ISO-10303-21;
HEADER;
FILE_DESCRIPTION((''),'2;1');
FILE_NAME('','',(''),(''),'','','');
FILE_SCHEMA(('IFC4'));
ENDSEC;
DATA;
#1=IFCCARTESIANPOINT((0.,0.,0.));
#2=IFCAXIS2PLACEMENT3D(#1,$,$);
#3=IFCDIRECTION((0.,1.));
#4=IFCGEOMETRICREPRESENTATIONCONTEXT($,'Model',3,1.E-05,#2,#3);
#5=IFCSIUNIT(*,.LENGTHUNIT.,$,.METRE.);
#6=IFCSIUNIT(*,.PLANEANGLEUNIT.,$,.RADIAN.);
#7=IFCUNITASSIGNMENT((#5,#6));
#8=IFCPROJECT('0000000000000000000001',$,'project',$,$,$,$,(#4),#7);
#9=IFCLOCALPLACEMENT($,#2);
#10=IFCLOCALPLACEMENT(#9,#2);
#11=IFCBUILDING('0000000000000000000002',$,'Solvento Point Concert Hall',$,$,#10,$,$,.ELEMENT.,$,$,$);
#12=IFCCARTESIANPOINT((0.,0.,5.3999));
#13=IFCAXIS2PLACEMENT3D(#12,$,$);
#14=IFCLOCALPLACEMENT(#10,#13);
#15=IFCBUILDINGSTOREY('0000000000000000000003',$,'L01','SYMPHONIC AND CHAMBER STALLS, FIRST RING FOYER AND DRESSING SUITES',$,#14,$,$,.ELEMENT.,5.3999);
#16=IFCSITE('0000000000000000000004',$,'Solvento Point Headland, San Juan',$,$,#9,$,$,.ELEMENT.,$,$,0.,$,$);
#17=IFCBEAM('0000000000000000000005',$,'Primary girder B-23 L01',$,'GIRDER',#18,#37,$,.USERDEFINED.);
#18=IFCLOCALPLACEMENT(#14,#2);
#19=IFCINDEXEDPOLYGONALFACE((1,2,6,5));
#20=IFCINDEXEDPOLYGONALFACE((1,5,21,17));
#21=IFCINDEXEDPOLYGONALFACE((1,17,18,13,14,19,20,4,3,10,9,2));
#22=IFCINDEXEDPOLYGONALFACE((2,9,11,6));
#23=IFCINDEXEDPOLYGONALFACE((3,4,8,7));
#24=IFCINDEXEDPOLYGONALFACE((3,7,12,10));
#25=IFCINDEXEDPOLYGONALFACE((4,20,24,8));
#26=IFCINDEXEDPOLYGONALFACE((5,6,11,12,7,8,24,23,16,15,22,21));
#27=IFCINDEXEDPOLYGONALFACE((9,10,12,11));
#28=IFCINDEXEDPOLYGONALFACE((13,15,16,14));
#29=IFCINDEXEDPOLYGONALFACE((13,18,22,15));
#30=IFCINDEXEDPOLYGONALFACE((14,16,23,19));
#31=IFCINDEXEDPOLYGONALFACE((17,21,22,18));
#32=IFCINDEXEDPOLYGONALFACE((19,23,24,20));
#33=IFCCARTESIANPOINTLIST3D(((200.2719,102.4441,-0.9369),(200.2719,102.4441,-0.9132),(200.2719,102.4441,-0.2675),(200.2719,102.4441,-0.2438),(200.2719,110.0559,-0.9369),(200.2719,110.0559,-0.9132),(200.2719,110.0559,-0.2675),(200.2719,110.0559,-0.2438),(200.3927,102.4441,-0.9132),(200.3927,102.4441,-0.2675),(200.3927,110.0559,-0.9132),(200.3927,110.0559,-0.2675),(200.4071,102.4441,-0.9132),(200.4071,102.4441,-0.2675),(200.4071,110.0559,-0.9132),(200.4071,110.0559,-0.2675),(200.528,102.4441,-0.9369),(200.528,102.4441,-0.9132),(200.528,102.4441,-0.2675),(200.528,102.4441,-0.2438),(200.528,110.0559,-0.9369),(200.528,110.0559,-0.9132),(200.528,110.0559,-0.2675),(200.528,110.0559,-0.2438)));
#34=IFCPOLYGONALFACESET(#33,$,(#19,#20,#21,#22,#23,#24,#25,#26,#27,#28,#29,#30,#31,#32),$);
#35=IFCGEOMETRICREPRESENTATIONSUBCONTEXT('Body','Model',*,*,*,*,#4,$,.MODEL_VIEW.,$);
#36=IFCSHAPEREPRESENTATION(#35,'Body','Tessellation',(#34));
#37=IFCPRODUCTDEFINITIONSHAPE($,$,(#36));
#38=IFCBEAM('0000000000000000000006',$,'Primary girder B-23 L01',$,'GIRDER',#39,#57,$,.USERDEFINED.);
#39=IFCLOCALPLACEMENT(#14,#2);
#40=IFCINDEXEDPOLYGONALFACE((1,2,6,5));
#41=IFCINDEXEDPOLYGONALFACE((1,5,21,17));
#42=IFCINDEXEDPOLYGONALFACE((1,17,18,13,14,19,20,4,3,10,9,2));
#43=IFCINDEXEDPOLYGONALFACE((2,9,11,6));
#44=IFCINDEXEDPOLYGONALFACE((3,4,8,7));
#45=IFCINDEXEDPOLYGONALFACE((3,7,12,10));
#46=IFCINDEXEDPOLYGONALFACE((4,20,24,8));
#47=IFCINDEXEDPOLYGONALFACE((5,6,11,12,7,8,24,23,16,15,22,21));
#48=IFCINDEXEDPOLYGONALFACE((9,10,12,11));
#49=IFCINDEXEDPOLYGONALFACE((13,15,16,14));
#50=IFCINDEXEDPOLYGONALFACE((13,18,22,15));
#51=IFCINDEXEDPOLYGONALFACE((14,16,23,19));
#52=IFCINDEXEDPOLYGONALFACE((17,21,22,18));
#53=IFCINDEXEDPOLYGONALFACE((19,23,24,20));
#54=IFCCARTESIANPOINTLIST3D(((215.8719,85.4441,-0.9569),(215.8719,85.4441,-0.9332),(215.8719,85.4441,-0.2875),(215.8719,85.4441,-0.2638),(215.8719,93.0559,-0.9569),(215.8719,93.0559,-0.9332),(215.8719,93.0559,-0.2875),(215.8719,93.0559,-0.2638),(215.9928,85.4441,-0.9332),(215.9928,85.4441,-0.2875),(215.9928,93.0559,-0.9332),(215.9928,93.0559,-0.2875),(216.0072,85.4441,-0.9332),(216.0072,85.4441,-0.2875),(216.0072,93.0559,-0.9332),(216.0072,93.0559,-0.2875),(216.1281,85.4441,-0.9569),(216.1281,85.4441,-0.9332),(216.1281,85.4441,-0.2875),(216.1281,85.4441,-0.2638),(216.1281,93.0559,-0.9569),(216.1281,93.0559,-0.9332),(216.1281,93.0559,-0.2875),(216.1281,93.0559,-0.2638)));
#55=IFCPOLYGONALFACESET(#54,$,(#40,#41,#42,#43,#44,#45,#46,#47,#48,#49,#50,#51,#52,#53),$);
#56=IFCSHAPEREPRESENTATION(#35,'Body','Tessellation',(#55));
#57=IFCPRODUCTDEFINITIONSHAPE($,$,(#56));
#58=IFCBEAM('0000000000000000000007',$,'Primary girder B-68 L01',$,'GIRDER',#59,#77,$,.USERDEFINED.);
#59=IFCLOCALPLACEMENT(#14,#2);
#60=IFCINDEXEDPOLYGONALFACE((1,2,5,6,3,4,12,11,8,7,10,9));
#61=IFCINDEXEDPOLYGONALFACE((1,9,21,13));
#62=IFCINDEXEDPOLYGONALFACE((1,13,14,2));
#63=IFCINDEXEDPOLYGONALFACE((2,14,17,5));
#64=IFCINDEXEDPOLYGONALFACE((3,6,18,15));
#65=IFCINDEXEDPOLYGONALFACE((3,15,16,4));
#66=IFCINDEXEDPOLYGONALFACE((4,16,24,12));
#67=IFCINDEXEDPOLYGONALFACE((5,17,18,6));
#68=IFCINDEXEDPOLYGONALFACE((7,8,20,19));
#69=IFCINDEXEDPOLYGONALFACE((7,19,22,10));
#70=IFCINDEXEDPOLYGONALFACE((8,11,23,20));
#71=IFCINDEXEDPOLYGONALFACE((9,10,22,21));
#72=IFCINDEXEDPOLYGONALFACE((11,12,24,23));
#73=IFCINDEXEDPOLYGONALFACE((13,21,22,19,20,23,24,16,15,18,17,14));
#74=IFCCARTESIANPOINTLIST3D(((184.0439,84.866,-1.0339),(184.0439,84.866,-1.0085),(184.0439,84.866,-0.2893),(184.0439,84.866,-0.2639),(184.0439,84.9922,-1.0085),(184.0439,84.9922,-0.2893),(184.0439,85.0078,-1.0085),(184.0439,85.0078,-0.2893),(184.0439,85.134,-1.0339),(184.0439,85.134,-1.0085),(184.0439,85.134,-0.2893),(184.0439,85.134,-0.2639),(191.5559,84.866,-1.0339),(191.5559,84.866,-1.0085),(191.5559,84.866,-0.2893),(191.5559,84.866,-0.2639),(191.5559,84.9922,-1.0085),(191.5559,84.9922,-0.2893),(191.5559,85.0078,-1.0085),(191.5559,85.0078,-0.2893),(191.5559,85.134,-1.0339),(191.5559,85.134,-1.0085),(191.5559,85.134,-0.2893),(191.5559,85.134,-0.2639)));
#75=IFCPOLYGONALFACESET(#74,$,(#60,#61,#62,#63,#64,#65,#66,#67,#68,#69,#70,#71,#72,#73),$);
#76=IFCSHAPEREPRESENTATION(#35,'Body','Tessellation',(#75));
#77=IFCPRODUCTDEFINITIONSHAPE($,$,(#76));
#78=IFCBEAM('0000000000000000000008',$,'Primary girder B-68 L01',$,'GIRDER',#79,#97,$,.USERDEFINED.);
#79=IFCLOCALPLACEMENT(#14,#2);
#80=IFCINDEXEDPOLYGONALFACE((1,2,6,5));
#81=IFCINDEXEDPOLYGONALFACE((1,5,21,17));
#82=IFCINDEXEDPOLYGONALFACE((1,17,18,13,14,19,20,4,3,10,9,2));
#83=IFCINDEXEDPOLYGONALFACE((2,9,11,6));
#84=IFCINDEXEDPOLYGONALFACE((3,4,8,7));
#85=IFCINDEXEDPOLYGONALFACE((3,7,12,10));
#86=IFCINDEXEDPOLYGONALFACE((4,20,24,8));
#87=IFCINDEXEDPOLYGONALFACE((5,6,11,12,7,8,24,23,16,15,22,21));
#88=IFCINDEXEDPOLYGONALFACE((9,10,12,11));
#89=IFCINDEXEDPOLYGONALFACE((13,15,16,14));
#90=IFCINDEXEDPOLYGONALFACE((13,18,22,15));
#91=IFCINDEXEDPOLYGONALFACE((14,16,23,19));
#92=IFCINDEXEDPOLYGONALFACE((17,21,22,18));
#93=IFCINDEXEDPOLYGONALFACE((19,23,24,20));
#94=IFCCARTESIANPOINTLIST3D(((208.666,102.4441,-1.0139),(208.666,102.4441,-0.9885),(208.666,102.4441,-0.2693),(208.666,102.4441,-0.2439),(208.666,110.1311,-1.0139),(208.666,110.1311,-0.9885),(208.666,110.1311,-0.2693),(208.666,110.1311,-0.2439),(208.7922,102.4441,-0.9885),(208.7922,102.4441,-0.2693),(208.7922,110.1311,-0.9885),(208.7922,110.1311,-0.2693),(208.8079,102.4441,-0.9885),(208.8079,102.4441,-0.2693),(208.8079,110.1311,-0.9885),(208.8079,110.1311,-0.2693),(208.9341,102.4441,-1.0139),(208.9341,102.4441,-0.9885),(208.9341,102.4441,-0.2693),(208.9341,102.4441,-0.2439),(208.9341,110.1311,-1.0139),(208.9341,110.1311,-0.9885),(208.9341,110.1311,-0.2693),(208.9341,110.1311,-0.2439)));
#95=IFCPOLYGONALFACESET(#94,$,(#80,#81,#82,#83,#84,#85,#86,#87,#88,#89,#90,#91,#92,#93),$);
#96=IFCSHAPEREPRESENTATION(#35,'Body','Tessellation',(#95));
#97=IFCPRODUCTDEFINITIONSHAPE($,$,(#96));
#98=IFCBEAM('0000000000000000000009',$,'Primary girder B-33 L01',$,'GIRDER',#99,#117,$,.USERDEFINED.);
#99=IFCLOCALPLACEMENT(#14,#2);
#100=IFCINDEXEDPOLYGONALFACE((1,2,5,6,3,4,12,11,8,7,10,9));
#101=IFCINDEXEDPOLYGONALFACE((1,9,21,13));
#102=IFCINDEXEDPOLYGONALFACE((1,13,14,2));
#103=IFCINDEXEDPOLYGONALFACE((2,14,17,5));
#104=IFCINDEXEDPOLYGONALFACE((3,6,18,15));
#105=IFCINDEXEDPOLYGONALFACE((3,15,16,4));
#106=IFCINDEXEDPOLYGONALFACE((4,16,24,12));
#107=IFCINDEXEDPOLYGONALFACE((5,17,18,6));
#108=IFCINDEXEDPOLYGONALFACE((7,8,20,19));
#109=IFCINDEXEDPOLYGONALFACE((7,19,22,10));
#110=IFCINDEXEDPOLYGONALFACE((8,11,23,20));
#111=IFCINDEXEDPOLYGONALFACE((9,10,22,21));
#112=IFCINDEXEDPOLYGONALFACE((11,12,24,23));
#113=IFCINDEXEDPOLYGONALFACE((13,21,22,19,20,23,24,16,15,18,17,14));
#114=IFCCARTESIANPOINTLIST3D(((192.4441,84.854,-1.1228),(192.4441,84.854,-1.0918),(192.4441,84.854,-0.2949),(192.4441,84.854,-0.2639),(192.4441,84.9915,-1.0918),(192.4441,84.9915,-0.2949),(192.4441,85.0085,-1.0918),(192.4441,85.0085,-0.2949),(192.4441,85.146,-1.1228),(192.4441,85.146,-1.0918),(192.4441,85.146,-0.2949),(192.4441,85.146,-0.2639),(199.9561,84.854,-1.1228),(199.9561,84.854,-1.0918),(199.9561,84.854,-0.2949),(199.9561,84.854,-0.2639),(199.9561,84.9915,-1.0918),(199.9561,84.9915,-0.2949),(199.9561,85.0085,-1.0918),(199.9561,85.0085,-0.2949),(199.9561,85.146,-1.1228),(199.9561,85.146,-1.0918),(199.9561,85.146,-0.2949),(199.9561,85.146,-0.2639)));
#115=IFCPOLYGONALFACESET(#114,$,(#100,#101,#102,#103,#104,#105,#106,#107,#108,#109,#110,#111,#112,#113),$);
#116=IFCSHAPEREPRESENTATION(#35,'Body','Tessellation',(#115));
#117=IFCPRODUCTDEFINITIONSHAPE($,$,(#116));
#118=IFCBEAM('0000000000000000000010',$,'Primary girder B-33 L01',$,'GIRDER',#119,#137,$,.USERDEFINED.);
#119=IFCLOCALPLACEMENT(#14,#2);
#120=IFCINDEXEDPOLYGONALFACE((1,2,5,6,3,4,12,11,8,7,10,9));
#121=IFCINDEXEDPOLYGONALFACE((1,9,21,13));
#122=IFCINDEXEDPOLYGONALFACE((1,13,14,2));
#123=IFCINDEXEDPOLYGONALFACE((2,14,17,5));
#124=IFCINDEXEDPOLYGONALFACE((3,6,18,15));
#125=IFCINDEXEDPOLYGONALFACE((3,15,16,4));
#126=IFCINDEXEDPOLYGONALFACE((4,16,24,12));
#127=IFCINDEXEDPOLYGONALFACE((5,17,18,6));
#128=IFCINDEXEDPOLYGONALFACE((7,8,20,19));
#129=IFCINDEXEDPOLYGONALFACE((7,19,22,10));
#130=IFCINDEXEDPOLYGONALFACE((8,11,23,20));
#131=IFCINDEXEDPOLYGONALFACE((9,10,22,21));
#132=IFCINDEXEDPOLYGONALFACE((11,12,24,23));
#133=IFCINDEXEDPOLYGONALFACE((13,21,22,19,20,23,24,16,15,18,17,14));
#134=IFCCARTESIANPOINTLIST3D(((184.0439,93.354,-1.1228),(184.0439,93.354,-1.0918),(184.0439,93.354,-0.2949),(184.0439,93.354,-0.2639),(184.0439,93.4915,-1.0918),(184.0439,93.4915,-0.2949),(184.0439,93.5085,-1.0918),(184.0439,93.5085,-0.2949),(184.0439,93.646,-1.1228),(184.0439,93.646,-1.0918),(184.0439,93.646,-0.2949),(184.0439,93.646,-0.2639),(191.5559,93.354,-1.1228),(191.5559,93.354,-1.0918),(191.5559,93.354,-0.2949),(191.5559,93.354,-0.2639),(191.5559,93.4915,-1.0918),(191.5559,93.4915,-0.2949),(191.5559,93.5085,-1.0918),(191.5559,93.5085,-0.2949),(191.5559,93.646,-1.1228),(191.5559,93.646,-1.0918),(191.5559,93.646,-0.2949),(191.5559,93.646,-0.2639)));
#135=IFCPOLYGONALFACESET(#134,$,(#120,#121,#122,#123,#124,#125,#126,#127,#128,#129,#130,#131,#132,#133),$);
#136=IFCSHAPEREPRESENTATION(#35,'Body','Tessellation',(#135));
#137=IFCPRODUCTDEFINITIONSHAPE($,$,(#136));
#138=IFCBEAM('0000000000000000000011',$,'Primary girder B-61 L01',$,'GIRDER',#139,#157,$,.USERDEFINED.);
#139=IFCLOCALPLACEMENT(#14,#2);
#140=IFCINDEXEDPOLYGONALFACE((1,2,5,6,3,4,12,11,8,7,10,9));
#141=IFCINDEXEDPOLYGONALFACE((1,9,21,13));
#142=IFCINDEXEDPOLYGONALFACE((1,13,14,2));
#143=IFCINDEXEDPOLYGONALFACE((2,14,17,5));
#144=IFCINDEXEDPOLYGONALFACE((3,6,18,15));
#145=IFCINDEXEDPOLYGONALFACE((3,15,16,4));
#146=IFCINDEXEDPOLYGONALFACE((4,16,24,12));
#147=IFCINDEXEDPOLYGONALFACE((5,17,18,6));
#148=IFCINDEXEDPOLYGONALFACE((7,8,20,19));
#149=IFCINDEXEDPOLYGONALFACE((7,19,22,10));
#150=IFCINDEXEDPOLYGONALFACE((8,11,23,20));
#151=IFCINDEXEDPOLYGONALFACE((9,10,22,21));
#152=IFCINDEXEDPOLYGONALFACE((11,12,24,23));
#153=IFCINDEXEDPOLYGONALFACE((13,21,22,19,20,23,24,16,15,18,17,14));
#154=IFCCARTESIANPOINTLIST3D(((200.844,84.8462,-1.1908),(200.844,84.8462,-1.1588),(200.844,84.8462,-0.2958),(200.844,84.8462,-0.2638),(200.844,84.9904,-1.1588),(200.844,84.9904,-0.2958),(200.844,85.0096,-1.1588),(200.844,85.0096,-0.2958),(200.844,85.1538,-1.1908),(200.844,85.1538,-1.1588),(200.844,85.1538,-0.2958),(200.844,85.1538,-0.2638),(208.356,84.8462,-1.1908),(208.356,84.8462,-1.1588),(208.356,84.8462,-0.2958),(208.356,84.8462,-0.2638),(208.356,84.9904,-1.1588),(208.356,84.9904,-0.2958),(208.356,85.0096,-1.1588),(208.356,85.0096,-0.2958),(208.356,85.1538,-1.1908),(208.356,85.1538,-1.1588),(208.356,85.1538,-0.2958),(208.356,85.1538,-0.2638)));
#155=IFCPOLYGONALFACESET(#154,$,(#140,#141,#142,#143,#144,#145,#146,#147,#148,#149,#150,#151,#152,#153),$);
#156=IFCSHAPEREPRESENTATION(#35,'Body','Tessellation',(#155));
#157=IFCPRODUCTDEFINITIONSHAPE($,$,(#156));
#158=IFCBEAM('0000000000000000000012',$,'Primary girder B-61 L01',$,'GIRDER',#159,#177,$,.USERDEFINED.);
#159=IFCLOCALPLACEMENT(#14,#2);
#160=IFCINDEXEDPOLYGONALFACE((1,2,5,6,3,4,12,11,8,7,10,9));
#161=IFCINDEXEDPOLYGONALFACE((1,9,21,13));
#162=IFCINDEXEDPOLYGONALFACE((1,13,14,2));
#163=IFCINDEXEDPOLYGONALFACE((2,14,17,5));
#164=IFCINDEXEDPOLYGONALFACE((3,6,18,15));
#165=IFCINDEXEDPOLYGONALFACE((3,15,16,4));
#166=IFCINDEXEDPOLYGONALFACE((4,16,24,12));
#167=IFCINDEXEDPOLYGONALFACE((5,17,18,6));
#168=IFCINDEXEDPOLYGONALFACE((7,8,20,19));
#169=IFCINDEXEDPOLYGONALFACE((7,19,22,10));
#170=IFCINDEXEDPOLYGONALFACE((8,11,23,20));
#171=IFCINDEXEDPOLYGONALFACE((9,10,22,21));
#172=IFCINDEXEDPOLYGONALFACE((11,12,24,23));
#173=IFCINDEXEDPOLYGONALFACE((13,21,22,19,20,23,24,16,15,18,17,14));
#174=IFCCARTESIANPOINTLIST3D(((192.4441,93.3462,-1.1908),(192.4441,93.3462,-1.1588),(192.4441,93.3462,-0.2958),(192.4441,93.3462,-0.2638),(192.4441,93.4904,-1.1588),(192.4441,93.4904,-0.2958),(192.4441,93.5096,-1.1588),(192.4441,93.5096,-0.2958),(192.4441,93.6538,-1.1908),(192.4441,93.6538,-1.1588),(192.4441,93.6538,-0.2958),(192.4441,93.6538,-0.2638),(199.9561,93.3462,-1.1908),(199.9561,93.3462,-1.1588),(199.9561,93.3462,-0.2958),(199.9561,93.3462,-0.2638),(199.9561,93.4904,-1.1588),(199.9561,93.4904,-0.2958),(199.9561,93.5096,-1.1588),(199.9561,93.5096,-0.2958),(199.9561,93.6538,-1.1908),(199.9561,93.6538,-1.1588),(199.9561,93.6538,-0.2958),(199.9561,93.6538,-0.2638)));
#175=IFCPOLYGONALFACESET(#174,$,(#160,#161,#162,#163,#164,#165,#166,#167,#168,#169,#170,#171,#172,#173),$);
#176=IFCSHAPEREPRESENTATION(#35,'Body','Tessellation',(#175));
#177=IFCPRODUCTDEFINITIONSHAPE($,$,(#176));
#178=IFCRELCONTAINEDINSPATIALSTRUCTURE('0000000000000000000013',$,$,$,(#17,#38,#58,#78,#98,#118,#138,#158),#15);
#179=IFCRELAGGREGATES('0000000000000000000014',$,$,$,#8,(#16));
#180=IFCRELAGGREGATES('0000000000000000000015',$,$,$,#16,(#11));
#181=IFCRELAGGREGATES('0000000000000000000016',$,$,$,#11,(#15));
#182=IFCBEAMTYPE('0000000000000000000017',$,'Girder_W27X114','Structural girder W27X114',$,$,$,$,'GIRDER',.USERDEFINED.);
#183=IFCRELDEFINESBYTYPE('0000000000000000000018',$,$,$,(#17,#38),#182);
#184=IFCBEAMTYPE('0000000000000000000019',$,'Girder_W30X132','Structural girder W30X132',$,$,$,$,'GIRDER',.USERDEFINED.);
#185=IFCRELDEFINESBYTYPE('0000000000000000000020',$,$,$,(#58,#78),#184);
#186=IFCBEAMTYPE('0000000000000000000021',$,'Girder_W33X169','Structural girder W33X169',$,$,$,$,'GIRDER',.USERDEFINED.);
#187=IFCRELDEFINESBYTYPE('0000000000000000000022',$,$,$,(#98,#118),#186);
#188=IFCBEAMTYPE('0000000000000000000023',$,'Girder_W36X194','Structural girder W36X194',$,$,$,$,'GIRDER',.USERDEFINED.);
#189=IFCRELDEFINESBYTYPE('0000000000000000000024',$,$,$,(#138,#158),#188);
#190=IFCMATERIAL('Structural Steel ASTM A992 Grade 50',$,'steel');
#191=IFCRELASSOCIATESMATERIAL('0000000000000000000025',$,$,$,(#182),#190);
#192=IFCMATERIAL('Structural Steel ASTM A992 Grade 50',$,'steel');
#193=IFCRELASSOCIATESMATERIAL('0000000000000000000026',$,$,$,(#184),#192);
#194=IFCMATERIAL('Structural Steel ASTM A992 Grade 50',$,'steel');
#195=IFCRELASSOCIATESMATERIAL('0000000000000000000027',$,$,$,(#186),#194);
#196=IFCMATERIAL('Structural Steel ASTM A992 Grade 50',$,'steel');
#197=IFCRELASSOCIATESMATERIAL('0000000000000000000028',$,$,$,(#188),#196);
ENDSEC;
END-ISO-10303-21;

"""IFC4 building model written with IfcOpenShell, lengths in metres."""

from ifc_helpers import new_model, si_unit, direction, frame, origin, origin_2d, place, context, subcontext, project, spatial, i_section, extrude, material, material_profile, profile_set, type_object, element, save


model = new_model("IFC4")

# Units and contexts
model_context = context("Model", 3, precision=1e-05, world=origin(), true_north=direction((0.0, 1.0)))
body_context = subcontext(model_context, "Body", "Model", "MODEL_VIEW")
ifc_project = project(units=[si_unit("LENGTHUNIT", "METRE"), si_unit("PLANEANGLEUNIT", "RADIAN")], contexts=[model_context])

# Site, building, storey
site_placement = place(None, origin())
site = spatial("IfcSite", under=ifc_project, at=site_placement, Name="Solvento Point Headland, San Juan", CompositionType="ELEMENT", RefElevation=0.0)
building_placement = place(site_placement, origin())
building = spatial("IfcBuilding", under=site, at=building_placement, Name="Solvento Point Concert Hall", CompositionType="ELEMENT")
storey_placement = place(building_placement, frame((0.0, 0.0, 5.3999)))
storey = spatial("IfcBuildingStorey", under=building, at=storey_placement, Name="L01", Description="SYMPHONIC AND CHAMBER STALLS, FIRST RING FOYER AND DRESSING SUITES", CompositionType="ELEMENT", Elevation=5.3999)

# Beams
ifc_material_1 = material(Name="Structural Steel ASTM A992 Grade 50", Category="steel")
ifc_material_profile_1 = material_profile(ifc_material_1, i_section(OverallWidth=0.2561, OverallDepth=0.6931, WebThickness=0.0144, FlangeThickness=0.0237, at=origin_2d()), Name="W27X114")
ifc_profile_set_1 = profile_set([ifc_material_profile_1], Name="Structural Steel ASTM A992 Grade 50")
beam_type_1 = type_object("IfcBeamType", Name="Girder_W27X114", Description="Structural girder W27X114", ElementType="GIRDER", PredefinedType="USERDEFINED", material=ifc_profile_set_1)
for number, where, z_axis, x_axis, name in (
    (1, (200.3999, 102.4441, -0.5903), (0.0, 1.0, 0.0), (-1.0, 0.0, 0.0), "Primary girder B-23 L01"),
    (2, (216.0, 85.4441, -0.6104), (0.0, 1.0, 0.0), (-1.0, 0.0, 0.0), "Primary girder B-23 L01"),
):
    element("IfcBeam", number, at=place(storey_placement, frame(where, z_axis=z_axis, x_axis=x_axis)), inside=storey, type_object=beam_type_1, Name=name, ObjectType="GIRDER", PredefinedType="USERDEFINED", context=body_context, shape_type="SweptSolid", body=[
        extrude(i_section(OverallWidth=0.2561, OverallDepth=0.6931, WebThickness=0.0144, FlangeThickness=0.0237, at=origin_2d()), origin(), (0.0, 0.0, 1.0), 7.6118),
    ])
ifc_material_2 = material(Name="Structural Steel ASTM A992 Grade 50", Category="steel")
ifc_material_profile_2 = material_profile(ifc_material_2, i_section(OverallWidth=0.2681, OverallDepth=0.77, WebThickness=0.0156, FlangeThickness=0.0254, at=origin_2d()), Name="W30X132")
ifc_profile_set_2 = profile_set([ifc_material_profile_2], Name="Structural Steel ASTM A992 Grade 50")
beam_type_2 = type_object("IfcBeamType", Name="Girder_W30X132", Description="Structural girder W30X132", ElementType="GIRDER", PredefinedType="USERDEFINED", material=ifc_profile_set_2)
beam_1_placement = place(storey_placement, frame((184.0439, 85.0, -0.6489), z_axis=(1.0, 0.0, 0.0), x_axis=(0.0, 1.0, 0.0)))
element("IfcBeam", 3, at=beam_1_placement, inside=storey, type_object=beam_type_2, Name="Primary girder B-68 L01", ObjectType="GIRDER", PredefinedType="USERDEFINED", context=body_context, shape_type="SweptSolid", body=[
    extrude(i_section(OverallWidth=0.2681, OverallDepth=0.77, WebThickness=0.0156, FlangeThickness=0.0254, at=origin_2d()), origin(), (0.0, 0.0, 1.0), 7.512),
])
beam_2_placement = place(storey_placement, frame((208.8, 102.4441, -0.6289), z_axis=(0.0, 1.0, 0.0), x_axis=(-1.0, 0.0, 0.0)))
element("IfcBeam", 4, at=beam_2_placement, inside=storey, type_object=beam_type_2, Name="Primary girder B-68 L01", ObjectType="GIRDER", PredefinedType="USERDEFINED", context=body_context, shape_type="SweptSolid", body=[
    extrude(i_section(OverallWidth=0.2681, OverallDepth=0.77, WebThickness=0.0156, FlangeThickness=0.0254, at=origin_2d()), origin(), (0.0, 0.0, 1.0), 7.687),
])
ifc_material_3 = material(Name="Structural Steel ASTM A992 Grade 50", Category="steel")
ifc_material_profile_3 = material_profile(ifc_material_3, i_section(OverallWidth=0.292, OverallDepth=0.8589, WebThickness=0.0171, FlangeThickness=0.031, at=origin_2d()), Name="W33X169")
ifc_profile_set_3 = profile_set([ifc_material_profile_3], Name="Structural Steel ASTM A992 Grade 50")
beam_type_3 = type_object("IfcBeamType", Name="Girder_W33X169", Description="Structural girder W33X169", ElementType="GIRDER", PredefinedType="USERDEFINED", material=ifc_profile_set_3)
for number, where, z_axis, x_axis, name in (
    (5, (192.4441, 85.0, -0.6934), (1.0, 0.0, 0.0), (0.0, 1.0, 0.0), "Primary girder B-33 L01"),
    (6, (184.0439, 93.5, -0.6934), (1.0, 0.0, 0.0), (0.0, 1.0, 0.0), "Primary girder B-33 L01"),
):
    element("IfcBeam", number, at=place(storey_placement, frame(where, z_axis=z_axis, x_axis=x_axis)), inside=storey, type_object=beam_type_3, Name=name, ObjectType="GIRDER", PredefinedType="USERDEFINED", context=body_context, shape_type="SweptSolid", body=[
        extrude(i_section(OverallWidth=0.292, OverallDepth=0.8589, WebThickness=0.0171, FlangeThickness=0.031, at=origin_2d()), origin(), (0.0, 0.0, 1.0), 7.512),
    ])
ifc_material_4 = material(Name="Structural Steel ASTM A992 Grade 50", Category="steel")
ifc_material_profile_4 = material_profile(ifc_material_4, i_section(OverallWidth=0.3076, OverallDepth=0.927, WebThickness=0.0193, FlangeThickness=0.032, at=origin_2d()), Name="W36X194")
ifc_profile_set_4 = profile_set([ifc_material_profile_4], Name="Structural Steel ASTM A992 Grade 50")
beam_type_4 = type_object("IfcBeamType", Name="Girder_W36X194", Description="Structural girder W36X194", ElementType="GIRDER", PredefinedType="USERDEFINED", material=ifc_profile_set_4)
for number, where, z_axis, x_axis, name in (
    (7, (200.844, 85.0, -0.7273), (1.0, 0.0, 0.0), (0.0, 1.0, 0.0), "Primary girder B-61 L01"),
    (8, (192.4441, 93.5, -0.7273), (1.0, 0.0, 0.0), (0.0, 1.0, 0.0), "Primary girder B-61 L01"),
):
    element("IfcBeam", number, at=place(storey_placement, frame(where, z_axis=z_axis, x_axis=x_axis)), inside=storey, type_object=beam_type_4, Name=name, ObjectType="GIRDER", PredefinedType="USERDEFINED", context=body_context, shape_type="SweptSolid", body=[
        extrude(i_section(OverallWidth=0.3076, OverallDepth=0.927, WebThickness=0.0193, FlangeThickness=0.032, at=origin_2d()), origin(), (0.0, 0.0, 1.0), 7.512),
    ])

save(model, "model.ifc")
